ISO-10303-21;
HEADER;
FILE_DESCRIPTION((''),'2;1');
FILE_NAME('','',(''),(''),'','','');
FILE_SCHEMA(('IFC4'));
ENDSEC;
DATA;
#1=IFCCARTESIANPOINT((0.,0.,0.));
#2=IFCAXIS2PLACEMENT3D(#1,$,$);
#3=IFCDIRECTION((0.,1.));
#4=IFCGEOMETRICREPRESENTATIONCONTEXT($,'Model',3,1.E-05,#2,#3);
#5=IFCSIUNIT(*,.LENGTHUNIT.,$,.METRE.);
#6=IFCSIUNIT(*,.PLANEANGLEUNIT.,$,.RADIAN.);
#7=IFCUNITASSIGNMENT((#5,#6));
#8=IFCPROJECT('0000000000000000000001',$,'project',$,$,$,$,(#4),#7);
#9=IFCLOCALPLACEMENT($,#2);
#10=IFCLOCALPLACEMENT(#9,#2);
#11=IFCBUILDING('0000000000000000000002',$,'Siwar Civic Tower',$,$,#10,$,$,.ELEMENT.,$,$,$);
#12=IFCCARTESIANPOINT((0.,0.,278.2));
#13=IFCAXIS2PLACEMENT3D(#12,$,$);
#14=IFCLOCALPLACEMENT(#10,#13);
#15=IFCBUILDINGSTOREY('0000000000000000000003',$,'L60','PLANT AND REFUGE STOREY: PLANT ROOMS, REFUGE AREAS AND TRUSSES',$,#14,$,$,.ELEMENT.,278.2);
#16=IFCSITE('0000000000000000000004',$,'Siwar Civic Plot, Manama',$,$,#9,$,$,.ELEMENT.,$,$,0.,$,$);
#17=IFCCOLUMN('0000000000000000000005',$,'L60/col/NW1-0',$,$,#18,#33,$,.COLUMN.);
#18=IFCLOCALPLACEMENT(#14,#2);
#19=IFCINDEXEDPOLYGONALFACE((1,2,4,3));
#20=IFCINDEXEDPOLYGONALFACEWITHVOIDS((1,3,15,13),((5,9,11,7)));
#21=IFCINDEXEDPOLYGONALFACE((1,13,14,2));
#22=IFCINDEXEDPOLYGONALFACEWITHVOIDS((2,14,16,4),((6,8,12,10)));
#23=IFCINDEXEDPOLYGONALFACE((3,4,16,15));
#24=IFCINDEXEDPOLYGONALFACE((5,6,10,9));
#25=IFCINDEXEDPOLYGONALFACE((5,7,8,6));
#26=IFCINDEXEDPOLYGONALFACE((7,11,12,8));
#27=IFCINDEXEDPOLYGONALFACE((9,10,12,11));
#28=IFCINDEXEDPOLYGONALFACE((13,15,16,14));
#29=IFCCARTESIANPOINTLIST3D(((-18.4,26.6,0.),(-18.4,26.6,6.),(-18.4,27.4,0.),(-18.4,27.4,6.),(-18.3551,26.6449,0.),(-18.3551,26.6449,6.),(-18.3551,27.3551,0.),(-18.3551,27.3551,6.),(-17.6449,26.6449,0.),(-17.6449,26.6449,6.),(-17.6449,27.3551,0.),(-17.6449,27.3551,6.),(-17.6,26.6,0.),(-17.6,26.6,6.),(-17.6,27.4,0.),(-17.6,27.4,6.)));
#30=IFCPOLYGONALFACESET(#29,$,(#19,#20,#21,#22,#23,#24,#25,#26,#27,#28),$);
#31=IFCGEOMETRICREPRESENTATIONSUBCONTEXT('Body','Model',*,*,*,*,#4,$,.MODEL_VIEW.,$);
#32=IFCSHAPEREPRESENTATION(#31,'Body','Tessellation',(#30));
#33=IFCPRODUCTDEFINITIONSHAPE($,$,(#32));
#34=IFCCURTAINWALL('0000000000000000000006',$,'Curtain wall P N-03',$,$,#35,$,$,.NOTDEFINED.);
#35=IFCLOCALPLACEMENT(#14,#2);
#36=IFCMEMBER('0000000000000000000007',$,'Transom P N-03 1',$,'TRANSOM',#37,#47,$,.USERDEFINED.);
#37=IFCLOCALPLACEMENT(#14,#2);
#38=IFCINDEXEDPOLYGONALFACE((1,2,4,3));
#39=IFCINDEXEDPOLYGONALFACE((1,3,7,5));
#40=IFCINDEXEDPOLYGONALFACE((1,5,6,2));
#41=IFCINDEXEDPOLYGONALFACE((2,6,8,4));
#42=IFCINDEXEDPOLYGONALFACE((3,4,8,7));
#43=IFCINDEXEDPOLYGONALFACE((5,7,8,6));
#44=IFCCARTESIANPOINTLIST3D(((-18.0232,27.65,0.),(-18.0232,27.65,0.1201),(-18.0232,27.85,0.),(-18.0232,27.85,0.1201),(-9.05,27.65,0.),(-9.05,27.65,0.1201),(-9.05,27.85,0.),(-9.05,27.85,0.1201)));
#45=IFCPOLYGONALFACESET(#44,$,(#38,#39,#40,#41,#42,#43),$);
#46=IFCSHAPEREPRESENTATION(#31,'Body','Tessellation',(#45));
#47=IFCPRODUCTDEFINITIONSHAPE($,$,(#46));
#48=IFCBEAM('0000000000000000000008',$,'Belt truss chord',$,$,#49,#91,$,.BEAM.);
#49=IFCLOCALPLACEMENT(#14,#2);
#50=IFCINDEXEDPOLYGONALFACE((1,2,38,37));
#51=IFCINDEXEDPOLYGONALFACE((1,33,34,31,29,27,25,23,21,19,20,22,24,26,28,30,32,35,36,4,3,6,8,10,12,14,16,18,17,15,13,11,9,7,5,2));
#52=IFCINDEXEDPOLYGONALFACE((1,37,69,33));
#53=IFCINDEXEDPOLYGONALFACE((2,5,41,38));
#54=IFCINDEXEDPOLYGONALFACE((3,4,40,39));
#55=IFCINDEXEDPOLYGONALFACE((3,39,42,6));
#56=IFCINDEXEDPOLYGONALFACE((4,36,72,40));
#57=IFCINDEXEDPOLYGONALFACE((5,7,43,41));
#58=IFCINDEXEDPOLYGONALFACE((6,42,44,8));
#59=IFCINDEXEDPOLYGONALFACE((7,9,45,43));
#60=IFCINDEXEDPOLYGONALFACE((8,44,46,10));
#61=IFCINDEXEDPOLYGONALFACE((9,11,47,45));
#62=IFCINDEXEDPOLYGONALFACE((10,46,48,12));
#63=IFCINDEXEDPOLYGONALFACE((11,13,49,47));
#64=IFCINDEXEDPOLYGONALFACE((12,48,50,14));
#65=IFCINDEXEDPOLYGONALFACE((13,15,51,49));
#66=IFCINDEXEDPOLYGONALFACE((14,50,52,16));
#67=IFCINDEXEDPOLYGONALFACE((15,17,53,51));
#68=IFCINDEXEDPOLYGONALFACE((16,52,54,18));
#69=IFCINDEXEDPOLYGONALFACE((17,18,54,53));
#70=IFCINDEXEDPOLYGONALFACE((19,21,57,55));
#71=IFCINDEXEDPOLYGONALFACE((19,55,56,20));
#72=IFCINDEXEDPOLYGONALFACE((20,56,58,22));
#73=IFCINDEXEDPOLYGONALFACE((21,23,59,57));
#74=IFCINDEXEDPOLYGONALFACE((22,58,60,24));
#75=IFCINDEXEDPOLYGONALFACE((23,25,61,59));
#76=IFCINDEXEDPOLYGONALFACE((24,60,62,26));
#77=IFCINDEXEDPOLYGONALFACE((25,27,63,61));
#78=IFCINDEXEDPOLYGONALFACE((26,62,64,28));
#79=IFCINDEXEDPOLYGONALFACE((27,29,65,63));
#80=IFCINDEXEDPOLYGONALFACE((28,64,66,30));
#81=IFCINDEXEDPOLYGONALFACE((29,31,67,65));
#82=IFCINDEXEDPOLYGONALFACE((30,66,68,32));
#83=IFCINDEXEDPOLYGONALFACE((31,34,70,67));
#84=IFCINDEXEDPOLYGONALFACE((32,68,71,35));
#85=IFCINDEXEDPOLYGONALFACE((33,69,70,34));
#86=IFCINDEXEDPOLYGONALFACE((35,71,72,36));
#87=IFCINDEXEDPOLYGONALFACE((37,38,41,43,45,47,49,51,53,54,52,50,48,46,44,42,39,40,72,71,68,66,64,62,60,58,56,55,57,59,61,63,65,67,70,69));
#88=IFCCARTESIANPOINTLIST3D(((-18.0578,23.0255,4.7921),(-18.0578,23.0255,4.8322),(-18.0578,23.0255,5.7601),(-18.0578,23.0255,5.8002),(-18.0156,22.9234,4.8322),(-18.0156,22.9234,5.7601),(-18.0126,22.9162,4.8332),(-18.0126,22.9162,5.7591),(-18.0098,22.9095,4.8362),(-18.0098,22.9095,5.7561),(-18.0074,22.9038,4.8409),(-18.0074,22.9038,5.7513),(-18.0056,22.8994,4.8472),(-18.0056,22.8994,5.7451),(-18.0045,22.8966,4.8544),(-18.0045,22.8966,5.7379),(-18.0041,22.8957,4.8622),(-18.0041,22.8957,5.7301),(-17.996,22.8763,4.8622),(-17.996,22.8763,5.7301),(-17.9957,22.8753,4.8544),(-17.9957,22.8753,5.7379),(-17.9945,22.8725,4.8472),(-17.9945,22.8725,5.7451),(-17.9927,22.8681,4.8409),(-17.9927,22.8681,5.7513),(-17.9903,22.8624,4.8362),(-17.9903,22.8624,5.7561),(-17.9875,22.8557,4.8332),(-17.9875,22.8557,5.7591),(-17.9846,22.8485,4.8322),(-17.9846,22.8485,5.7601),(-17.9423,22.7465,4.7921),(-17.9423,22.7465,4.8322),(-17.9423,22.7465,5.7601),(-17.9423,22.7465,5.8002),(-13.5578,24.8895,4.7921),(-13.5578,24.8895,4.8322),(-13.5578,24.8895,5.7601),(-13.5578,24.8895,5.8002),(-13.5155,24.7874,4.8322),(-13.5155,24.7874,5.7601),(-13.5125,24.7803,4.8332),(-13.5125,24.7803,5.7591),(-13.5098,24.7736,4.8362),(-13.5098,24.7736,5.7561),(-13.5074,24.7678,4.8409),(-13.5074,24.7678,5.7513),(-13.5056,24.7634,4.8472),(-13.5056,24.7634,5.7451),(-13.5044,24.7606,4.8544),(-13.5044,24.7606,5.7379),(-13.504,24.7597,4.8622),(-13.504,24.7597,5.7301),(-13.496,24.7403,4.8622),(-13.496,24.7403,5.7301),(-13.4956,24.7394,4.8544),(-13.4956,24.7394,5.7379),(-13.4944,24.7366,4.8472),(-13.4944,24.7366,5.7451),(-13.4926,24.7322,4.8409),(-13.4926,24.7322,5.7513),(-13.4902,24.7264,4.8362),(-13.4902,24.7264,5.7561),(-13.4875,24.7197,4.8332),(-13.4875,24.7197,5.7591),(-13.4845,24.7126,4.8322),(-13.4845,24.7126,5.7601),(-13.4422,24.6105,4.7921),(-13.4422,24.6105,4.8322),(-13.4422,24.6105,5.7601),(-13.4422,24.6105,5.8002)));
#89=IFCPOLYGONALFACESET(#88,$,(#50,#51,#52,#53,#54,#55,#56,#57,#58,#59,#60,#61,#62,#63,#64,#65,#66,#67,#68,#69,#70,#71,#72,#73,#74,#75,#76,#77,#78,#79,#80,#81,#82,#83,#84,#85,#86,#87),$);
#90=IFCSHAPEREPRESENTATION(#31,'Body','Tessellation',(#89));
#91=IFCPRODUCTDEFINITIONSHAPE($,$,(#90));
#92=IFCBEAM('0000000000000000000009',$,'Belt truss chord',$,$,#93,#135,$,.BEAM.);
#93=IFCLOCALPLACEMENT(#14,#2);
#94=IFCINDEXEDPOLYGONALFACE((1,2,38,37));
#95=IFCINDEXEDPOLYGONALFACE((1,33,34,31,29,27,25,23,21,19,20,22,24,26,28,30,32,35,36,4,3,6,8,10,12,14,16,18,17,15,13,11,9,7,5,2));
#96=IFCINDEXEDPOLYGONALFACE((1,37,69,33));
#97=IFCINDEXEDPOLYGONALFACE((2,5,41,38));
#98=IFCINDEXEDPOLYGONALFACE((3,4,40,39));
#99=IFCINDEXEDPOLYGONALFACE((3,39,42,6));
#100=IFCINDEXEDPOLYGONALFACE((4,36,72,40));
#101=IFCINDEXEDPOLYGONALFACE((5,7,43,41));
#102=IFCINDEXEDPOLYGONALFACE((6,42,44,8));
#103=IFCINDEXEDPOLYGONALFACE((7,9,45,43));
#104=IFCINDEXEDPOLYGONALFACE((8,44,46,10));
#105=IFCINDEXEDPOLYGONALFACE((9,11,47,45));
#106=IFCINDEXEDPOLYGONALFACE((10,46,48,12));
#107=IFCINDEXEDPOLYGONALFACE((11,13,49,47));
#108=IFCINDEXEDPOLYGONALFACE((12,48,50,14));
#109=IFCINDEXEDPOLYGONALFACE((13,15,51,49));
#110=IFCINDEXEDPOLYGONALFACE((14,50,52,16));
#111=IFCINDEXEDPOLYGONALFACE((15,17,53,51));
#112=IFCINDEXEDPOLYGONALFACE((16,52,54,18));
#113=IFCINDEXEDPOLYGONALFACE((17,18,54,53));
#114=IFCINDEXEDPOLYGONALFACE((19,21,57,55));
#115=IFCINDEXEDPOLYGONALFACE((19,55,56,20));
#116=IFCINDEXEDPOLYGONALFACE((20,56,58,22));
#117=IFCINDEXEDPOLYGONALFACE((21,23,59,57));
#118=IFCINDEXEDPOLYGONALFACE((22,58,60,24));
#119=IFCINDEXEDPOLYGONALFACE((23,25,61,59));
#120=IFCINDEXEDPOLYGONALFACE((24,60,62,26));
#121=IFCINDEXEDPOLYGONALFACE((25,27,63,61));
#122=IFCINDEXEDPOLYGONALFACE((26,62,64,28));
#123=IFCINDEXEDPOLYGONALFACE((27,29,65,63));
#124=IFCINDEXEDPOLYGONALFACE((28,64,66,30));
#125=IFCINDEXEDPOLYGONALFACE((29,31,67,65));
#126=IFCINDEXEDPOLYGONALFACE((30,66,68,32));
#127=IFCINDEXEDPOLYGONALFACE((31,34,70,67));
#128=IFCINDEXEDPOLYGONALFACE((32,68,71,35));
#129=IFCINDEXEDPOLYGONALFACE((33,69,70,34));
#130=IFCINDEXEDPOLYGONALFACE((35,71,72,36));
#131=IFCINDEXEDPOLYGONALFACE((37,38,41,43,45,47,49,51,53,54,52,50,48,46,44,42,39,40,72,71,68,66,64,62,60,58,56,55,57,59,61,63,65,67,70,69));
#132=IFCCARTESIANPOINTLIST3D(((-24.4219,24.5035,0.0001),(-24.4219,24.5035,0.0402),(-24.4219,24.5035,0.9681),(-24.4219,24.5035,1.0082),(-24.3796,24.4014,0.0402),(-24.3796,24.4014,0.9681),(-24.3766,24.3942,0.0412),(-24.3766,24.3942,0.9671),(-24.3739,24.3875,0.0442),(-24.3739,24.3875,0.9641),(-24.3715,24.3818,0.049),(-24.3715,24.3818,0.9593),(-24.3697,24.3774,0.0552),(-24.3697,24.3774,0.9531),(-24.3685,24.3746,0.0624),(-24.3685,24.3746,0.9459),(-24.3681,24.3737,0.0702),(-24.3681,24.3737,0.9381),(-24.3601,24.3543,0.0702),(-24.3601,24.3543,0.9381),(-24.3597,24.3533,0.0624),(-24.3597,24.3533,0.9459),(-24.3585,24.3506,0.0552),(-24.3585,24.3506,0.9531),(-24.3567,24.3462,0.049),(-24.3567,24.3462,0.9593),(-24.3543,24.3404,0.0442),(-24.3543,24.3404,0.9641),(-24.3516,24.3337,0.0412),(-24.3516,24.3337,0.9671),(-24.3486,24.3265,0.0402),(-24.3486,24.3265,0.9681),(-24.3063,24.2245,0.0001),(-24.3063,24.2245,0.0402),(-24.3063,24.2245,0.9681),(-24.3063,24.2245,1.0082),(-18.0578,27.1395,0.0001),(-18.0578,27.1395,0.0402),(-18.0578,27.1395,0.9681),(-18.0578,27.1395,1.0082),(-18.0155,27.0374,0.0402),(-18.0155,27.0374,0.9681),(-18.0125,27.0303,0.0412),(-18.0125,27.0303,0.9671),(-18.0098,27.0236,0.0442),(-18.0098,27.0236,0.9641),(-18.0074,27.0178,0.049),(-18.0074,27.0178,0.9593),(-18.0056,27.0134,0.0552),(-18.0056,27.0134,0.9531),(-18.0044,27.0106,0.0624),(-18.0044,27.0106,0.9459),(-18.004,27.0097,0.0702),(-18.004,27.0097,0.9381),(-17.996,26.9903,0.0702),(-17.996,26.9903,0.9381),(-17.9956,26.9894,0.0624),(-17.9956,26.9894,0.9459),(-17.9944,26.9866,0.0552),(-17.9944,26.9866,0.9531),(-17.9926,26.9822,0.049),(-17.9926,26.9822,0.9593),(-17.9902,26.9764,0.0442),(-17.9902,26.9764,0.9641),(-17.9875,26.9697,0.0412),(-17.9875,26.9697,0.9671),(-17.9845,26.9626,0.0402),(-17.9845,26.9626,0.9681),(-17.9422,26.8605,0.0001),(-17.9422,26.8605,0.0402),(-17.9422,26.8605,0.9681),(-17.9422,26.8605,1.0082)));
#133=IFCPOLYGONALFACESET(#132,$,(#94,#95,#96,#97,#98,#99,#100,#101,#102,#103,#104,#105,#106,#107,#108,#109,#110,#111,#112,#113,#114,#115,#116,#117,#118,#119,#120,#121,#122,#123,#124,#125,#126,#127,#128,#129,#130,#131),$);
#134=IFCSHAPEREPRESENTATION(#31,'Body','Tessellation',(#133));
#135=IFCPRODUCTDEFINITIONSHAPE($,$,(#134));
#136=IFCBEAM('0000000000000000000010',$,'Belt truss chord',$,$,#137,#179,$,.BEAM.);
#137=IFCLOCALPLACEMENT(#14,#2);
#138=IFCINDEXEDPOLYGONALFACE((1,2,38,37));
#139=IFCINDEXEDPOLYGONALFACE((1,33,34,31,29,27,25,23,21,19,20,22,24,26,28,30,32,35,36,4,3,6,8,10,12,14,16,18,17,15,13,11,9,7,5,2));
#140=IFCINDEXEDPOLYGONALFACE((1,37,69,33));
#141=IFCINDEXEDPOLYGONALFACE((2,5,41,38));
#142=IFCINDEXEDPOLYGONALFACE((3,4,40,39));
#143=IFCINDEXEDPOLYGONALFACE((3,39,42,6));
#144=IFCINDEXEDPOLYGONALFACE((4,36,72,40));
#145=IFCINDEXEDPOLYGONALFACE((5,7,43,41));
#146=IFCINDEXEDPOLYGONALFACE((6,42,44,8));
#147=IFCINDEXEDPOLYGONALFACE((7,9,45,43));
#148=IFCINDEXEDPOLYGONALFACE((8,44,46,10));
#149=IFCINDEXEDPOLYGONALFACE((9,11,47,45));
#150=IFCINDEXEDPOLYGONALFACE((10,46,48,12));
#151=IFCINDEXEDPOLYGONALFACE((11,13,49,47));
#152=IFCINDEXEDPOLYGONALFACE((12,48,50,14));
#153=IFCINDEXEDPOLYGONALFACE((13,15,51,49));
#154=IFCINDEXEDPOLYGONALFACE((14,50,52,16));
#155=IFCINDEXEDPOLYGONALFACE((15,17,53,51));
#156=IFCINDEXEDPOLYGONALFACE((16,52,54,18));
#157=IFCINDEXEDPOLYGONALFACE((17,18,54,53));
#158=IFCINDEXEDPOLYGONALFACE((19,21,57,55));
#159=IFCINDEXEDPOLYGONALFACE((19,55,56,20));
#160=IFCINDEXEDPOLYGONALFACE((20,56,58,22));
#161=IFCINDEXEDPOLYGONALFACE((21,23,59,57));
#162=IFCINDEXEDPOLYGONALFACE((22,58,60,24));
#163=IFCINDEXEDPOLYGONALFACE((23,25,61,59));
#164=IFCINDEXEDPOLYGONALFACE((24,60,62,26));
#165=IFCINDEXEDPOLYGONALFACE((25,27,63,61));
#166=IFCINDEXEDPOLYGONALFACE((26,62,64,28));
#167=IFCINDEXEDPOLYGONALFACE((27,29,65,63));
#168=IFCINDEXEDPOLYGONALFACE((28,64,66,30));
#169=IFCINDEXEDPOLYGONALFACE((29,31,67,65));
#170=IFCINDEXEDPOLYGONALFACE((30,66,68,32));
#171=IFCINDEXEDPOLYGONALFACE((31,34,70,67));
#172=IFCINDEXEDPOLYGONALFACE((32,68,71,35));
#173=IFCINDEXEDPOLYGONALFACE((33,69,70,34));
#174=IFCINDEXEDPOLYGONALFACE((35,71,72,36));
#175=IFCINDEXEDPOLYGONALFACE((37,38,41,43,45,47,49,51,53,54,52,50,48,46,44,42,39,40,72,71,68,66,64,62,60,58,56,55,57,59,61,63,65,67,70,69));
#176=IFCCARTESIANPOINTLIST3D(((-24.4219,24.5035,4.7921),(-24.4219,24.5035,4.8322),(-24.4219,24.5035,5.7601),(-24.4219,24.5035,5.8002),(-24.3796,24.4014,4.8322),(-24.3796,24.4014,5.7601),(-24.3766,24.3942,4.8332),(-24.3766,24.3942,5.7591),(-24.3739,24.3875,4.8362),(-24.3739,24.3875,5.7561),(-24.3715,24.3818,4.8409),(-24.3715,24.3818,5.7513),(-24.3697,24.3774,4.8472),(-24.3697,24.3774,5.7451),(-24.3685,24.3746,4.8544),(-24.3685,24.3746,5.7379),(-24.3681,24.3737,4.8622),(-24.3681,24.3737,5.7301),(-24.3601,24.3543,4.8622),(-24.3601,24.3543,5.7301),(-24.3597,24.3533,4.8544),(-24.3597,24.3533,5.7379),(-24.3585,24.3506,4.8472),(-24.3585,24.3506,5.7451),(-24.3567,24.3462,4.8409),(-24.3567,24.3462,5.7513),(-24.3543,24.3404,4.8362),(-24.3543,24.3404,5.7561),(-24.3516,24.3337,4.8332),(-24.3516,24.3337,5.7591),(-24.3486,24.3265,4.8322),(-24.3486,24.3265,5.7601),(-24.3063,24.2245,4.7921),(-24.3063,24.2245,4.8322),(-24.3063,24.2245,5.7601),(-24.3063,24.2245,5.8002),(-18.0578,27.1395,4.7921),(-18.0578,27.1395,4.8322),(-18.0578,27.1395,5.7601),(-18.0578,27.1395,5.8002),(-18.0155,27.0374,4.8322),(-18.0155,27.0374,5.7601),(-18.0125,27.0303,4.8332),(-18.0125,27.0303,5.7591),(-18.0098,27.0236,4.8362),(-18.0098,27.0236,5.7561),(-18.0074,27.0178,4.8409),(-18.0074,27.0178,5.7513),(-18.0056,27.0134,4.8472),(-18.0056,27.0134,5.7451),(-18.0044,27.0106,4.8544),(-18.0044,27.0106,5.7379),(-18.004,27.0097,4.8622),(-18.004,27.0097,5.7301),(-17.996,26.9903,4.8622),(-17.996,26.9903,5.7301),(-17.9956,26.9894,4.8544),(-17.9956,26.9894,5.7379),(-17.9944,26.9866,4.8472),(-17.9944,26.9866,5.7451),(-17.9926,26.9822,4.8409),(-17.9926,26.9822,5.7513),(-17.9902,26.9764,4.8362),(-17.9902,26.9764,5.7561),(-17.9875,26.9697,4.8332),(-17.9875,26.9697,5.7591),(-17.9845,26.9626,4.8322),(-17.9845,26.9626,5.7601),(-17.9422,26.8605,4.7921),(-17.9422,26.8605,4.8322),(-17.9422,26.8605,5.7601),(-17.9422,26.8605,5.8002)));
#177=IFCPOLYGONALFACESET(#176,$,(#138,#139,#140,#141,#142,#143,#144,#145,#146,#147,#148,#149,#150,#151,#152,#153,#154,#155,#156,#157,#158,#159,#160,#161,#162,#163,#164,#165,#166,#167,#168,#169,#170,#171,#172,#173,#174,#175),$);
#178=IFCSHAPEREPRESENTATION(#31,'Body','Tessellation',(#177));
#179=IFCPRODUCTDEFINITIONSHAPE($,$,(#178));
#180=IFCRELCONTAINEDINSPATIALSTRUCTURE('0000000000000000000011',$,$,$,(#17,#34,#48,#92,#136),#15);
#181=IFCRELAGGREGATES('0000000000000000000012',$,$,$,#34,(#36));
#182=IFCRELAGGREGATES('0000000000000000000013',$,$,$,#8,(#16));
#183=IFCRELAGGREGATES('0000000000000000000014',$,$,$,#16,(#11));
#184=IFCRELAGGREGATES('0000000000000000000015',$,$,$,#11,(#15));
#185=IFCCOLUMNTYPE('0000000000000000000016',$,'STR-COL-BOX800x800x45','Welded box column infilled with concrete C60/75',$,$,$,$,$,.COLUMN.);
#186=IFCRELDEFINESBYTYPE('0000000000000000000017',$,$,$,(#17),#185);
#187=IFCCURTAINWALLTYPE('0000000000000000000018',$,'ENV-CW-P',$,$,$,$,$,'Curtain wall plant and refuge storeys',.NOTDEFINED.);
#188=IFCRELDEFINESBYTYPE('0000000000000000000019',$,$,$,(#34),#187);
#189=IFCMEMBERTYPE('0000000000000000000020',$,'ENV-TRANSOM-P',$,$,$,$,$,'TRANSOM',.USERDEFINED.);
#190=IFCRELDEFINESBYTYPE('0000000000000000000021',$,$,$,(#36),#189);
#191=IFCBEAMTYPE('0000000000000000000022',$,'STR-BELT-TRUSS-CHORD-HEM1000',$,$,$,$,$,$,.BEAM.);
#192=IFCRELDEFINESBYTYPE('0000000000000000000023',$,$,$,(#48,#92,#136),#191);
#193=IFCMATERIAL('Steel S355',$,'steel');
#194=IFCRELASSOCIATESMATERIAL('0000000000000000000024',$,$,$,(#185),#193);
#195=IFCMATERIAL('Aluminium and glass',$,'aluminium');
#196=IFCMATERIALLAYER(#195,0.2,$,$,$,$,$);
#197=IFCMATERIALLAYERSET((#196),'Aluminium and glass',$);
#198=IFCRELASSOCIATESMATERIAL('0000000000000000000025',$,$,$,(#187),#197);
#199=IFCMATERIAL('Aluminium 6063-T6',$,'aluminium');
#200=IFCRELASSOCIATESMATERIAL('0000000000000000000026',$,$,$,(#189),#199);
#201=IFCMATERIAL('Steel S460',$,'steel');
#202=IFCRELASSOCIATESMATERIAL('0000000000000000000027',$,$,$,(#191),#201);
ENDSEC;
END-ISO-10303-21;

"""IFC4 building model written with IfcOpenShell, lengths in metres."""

from ifc_helpers import new_model, si_unit, direction, frame, origin, origin_2d, place, context, subcontext, project, spatial, rectangle, hollow_rectangle, i_section, extrude, material, layer, layer_set, material_profile, profile_set, type_object, element, aggregate, save


model = new_model("IFC4")

# Units and contexts
model_context = context("Model", 3, precision=1e-05, world=origin(), true_north=direction((0.0, 1.0)))
body_context = subcontext(model_context, "Body", "Model", "MODEL_VIEW")
ifc_project = project(units=[si_unit("LENGTHUNIT", "METRE"), si_unit("PLANEANGLEUNIT", "RADIAN")], contexts=[model_context])

# Site, building, storey
site_placement = place(None, origin())
site = spatial("IfcSite", under=ifc_project, at=site_placement, Name="Siwar Civic Plot, Manama", CompositionType="ELEMENT", RefElevation=0.0)
building_placement = place(site_placement, origin())
building = spatial("IfcBuilding", under=site, at=building_placement, Name="Siwar Civic Tower", CompositionType="ELEMENT")
storey_placement = place(building_placement, frame((0.0, 0.0, 278.2)))
storey = spatial("IfcBuildingStorey", under=building, at=storey_placement, Name="L60", Description="PLANT AND REFUGE STOREY: PLANT ROOMS, REFUGE AREAS AND TRUSSES", CompositionType="ELEMENT", Elevation=278.2)

# Column
ifc_material_1 = material(Name="Steel S355", Category="steel")
ifc_material_profile_1 = material_profile(ifc_material_1, hollow_rectangle(XDim=0.8, YDim=0.8, WallThickness=0.0449, at=origin_2d()), Name="BOX800x800x45")
ifc_profile_set_1 = profile_set([ifc_material_profile_1], Name="Steel S355")
column_type = type_object("IfcColumnType", Name="STR-COL-BOX800x800x45", Description="Welded box column infilled with concrete C60/75", PredefinedType="COLUMN", material=ifc_profile_set_1)
column_placement = place(storey_placement, frame((-18.0, 27.0, 0.0), z_axis=(0.0, 0.0, 1.0), x_axis=(1.0, 0.0, 0.0)))
element("IfcColumn", 1, at=column_placement, inside=storey, type_object=column_type, Name="L60/col/NW1-0", PredefinedType="COLUMN", context=body_context, shape_type="SweptSolid", body=[
    extrude(hollow_rectangle(XDim=0.8, YDim=0.8, WallThickness=0.0449, at=origin_2d()), origin(), (0.0, 0.0, 1.0), 6.0),
])

# Curtain wall, member
ifc_material_2 = material(Name="Aluminium and glass", Category="aluminium")
ifc_layer_1 = layer(ifc_material_2, 0.2)
ifc_layer_set_1 = layer_set([ifc_layer_1], Name="Aluminium and glass")
curtain_wall_type = type_object("IfcCurtainWallType", Name="ENV-CW-P", ElementType="Curtain wall plant and refuge storeys", PredefinedType="NOTDEFINED", material=ifc_layer_set_1)
curtain_wall_placement = place(storey_placement, origin())
curtain_wall = element("IfcCurtainWall", 2, at=curtain_wall_placement, inside=storey, type_object=curtain_wall_type, Name="Curtain wall P N-03", PredefinedType="NOTDEFINED")
ifc_material_3 = material(Name="Aluminium 6063-T6", Category="aluminium")
ifc_material_profile_2 = material_profile(ifc_material_3, rectangle(XDim=0.2, YDim=0.1201, at=origin_2d()), Name="AL 200x120")
ifc_profile_set_2 = profile_set([ifc_material_profile_2], Name="Aluminium 6063-T6")
member_type_1 = type_object("IfcMemberType", Name="ENV-TRANSOM-P", ElementType="TRANSOM", PredefinedType="USERDEFINED", material=ifc_profile_set_2)
member_1_placement = place(storey_placement, frame((-9.05, 27.75, 0.0601), z_axis=(-1.0, 0.0, 0.0), x_axis=(0.0, -1.0, 0.0)))
member_1 = element("IfcMember", 3, at=member_1_placement, type_object=member_type_1, Name="Transom P N-03 1", ObjectType="TRANSOM", PredefinedType="USERDEFINED", context=body_context, shape_type="SweptSolid", body=[
    extrude(rectangle(XDim=0.2, YDim=0.1201, at=origin_2d()), origin(), (0.0, 0.0, 1.0), 8.9731),
])

# Beams
ifc_material_4 = material(Name="Steel S460", Category="steel")
ifc_material_profile_3 = material_profile(ifc_material_4, i_section(OverallWidth=0.302, OverallDepth=1.0081, WebThickness=0.021, FlangeThickness=0.04, FilletRadius=0.03, at=origin_2d()), Name="HEM1000")
ifc_profile_set_3 = profile_set([ifc_material_profile_3], Name="Steel S460")
beam_type_1 = type_object("IfcBeamType", Name="STR-BELT-TRUSS-CHORD-HEM1000", PredefinedType="BEAM", material=ifc_profile_set_3)
beam_placement = place(storey_placement, frame((-13.5, 24.75, 5.2961), z_axis=(-0.923876, -0.382693, 0.0), x_axis=(0.382693, -0.923876, 0.0)))
element("IfcBeam", 4, at=beam_placement, inside=storey, type_object=beam_type_1, Name="Belt truss chord", PredefinedType="BEAM", context=body_context, shape_type="SweptSolid", body=[
    extrude(i_section(OverallWidth=0.302, OverallDepth=1.0081, WebThickness=0.021, FlangeThickness=0.04, FilletRadius=0.03, at=origin_2d()), origin(), (0.0, 0.0, 1.0), 4.8708),
])
for number, where, z_axis, x_axis, name in (
    (5, (-18.0, 27.0, 0.5042), (-0.923883, -0.382674, 0.0), (0.382674, -0.923883, 0.0), "Belt truss chord"),
    (6, (-18.0, 27.0, 5.2961), (-0.923883, -0.382674, 0.0), (0.382674, -0.923883, 0.0), "Belt truss chord"),
):
    element("IfcBeam", number, at=place(storey_placement, frame(where, z_axis=z_axis, x_axis=x_axis)), inside=storey, type_object=beam_type_1, Name=name, PredefinedType="BEAM", context=body_context, shape_type="SweptSolid", body=[
        extrude(i_section(OverallWidth=0.302, OverallDepth=1.0081, WebThickness=0.021, FlangeThickness=0.04, FilletRadius=0.03, at=origin_2d()), origin(), (0.0, 0.0, 1.0), 6.8884),
    ])

aggregate(curtain_wall, [member_1])

save(model, "model.ifc")
